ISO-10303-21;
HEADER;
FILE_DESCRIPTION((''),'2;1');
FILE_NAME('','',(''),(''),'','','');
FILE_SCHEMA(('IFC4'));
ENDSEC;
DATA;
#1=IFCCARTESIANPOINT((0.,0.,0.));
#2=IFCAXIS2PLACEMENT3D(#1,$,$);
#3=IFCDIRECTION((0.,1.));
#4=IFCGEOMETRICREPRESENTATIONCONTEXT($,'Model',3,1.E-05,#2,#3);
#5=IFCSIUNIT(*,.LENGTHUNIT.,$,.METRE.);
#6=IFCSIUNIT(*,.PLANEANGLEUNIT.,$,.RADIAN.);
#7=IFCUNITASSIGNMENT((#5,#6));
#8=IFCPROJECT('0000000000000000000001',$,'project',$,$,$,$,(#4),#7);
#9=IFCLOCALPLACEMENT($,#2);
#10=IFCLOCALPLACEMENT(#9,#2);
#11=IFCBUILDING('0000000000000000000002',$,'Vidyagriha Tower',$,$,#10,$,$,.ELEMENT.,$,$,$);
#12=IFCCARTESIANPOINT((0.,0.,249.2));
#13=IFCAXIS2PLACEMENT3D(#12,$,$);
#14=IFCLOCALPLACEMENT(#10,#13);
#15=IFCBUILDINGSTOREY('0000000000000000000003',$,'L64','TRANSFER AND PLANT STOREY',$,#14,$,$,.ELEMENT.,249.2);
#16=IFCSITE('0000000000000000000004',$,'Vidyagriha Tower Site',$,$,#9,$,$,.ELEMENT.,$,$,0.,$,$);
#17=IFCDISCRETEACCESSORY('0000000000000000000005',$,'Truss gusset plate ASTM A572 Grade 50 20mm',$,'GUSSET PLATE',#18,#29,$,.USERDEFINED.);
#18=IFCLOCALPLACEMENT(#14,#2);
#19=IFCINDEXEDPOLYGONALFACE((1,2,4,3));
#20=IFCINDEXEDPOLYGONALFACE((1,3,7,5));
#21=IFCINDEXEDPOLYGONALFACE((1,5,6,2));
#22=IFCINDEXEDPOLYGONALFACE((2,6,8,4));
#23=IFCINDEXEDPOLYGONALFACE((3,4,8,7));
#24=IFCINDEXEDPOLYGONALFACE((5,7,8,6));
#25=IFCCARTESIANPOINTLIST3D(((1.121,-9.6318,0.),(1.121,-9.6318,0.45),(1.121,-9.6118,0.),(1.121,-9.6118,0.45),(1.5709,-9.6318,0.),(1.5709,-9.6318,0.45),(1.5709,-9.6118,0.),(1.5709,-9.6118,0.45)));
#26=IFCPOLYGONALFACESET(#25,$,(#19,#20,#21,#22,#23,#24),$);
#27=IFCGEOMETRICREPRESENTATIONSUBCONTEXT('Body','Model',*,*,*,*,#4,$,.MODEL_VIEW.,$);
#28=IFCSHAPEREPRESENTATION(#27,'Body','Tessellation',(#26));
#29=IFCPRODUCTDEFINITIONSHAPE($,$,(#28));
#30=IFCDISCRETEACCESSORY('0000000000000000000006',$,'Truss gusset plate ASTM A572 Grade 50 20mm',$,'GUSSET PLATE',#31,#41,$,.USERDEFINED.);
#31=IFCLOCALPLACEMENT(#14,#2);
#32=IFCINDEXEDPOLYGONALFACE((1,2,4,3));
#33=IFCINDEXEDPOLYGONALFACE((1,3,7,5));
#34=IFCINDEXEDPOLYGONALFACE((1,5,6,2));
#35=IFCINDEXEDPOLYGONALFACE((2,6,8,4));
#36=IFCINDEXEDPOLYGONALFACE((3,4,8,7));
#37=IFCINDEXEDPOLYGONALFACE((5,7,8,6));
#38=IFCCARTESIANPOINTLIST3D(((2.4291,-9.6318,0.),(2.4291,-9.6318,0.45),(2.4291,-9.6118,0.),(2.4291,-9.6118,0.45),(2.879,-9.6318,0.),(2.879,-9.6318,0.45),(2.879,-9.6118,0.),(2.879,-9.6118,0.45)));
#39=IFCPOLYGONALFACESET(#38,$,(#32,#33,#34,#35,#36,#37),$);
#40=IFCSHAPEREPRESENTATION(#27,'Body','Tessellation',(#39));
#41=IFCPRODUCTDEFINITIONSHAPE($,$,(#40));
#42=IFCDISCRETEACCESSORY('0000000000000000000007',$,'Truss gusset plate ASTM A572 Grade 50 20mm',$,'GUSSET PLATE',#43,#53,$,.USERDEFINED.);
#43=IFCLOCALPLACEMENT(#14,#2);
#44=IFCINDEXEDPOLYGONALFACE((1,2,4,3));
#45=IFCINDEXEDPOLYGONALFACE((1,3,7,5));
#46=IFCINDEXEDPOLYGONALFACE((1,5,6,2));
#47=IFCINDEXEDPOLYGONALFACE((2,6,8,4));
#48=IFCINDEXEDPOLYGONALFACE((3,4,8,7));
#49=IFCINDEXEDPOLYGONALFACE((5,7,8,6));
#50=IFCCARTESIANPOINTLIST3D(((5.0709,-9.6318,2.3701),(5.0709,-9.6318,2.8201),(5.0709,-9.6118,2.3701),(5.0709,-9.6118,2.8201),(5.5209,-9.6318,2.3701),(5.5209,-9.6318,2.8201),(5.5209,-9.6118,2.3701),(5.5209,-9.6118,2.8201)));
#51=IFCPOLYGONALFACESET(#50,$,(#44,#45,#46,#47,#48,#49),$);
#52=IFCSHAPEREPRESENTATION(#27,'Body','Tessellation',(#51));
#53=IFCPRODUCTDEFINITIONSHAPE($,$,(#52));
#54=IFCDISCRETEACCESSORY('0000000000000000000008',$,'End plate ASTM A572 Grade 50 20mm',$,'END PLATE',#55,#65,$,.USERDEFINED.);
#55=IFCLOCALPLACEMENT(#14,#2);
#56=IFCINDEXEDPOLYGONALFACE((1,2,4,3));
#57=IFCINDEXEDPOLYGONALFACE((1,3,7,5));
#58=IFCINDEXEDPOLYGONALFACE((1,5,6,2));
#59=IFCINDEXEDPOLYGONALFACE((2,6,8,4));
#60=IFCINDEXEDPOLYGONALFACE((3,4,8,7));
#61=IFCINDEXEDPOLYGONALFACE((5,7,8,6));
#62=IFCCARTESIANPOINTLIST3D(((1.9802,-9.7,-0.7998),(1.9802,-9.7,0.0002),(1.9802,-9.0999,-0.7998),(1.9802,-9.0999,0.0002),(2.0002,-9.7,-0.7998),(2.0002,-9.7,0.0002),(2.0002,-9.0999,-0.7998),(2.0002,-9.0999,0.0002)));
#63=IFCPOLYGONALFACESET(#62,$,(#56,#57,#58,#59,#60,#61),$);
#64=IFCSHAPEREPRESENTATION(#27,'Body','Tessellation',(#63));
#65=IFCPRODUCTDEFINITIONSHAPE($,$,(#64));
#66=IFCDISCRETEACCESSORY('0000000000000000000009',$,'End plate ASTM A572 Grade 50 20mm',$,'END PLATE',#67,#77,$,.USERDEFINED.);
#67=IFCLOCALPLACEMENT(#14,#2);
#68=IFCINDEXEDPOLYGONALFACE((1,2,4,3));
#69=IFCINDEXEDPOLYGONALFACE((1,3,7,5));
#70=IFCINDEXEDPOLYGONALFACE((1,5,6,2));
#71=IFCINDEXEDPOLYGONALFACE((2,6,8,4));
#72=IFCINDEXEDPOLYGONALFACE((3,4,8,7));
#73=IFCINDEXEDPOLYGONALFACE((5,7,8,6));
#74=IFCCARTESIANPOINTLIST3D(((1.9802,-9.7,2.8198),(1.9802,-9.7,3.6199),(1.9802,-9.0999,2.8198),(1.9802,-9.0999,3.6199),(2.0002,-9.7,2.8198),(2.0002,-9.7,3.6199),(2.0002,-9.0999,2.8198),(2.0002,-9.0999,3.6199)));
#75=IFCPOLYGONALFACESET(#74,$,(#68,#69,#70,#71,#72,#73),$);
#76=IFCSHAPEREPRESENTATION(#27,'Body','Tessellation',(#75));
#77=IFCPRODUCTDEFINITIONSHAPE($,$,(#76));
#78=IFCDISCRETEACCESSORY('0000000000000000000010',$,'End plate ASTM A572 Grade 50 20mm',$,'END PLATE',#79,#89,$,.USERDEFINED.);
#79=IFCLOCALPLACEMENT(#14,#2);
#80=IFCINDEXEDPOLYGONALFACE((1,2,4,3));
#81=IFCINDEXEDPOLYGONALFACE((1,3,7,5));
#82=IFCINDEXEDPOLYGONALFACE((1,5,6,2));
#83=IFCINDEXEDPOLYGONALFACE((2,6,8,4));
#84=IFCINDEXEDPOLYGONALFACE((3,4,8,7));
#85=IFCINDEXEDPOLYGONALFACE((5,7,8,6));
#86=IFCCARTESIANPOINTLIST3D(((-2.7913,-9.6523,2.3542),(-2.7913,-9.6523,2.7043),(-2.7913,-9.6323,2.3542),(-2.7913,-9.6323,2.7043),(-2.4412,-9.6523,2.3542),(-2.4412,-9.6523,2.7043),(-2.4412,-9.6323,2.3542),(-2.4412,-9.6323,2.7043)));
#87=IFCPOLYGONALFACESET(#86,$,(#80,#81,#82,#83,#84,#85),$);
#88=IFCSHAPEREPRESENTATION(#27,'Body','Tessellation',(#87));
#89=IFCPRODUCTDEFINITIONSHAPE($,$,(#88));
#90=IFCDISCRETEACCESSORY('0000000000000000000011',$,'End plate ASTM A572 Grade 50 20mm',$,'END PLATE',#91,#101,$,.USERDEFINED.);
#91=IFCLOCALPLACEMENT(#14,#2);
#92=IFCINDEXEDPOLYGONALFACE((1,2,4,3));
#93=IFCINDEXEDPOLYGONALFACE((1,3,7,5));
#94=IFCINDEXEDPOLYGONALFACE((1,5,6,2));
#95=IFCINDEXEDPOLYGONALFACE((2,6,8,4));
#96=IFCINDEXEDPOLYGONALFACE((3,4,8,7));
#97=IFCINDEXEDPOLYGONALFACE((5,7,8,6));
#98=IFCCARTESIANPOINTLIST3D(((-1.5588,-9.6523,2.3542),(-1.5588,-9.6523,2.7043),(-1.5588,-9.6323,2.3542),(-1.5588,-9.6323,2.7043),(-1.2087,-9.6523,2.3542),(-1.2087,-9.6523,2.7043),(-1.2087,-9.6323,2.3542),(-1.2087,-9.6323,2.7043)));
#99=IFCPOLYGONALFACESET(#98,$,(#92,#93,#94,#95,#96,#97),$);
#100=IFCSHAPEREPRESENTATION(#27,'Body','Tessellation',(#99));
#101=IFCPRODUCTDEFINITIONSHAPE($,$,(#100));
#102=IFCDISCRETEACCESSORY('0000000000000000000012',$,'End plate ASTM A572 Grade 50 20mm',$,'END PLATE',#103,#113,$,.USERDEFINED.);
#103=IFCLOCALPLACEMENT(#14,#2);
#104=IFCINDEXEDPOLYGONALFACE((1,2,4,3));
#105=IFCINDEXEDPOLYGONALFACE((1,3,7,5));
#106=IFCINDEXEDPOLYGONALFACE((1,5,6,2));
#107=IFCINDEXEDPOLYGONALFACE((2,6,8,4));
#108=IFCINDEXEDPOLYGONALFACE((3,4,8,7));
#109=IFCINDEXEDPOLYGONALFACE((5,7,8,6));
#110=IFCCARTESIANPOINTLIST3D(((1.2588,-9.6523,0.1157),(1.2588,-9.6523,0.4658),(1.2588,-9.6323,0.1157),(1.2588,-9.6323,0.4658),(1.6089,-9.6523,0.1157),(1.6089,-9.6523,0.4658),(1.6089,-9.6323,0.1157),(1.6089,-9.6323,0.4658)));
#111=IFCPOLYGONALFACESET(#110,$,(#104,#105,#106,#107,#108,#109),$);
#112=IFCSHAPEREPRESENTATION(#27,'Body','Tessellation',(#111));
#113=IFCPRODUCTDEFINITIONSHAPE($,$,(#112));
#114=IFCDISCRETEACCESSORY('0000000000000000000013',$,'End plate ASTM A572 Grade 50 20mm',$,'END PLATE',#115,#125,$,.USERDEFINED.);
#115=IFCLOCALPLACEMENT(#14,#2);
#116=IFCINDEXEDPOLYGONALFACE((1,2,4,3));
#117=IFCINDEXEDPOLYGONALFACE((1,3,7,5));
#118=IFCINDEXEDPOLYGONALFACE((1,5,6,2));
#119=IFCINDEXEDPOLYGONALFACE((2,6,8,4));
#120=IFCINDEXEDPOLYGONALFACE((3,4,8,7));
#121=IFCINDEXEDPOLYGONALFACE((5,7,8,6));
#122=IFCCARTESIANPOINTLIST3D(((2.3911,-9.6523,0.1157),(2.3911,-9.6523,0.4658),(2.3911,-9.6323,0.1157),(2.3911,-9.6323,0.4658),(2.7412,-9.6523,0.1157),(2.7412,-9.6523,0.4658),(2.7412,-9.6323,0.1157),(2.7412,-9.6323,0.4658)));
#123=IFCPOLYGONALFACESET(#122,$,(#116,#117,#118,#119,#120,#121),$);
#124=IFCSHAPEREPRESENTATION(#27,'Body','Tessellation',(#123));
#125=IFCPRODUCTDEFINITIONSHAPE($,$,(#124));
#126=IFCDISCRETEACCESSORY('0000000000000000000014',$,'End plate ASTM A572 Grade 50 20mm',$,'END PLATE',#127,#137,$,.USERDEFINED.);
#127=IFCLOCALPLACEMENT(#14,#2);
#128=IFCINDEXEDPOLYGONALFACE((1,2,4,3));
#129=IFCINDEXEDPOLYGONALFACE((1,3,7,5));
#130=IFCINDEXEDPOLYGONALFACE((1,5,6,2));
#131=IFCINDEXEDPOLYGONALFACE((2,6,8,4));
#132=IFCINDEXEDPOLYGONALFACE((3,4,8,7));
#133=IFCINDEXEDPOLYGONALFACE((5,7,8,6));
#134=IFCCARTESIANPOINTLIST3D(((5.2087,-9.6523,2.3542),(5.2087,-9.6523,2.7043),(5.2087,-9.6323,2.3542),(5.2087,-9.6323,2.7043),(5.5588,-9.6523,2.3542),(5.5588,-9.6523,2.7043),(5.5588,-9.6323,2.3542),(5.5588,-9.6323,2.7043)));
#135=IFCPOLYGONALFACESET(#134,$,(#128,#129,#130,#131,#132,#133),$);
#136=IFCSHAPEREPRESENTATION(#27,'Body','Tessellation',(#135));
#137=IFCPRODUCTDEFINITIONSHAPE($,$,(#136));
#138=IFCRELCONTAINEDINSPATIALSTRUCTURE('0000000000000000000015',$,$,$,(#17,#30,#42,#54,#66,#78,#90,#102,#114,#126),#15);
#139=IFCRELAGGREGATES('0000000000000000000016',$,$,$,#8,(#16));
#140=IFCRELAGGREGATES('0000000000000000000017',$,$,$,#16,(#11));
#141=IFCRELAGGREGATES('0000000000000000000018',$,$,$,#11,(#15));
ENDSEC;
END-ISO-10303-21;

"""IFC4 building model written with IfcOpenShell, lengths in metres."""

from ifc_helpers import new_model, si_unit, direction, frame, origin, origin_2d, place, context, subcontext, project, spatial, rectangle, extrude, element, save


model = new_model("IFC4")

# Units and contexts
model_context = context("Model", 3, precision=1e-05, world=origin(), true_north=direction((0.0, 1.0)))
body_context = subcontext(model_context, "Body", "Model", "MODEL_VIEW")
ifc_project = project(units=[si_unit("LENGTHUNIT", "METRE"), si_unit("PLANEANGLEUNIT", "RADIAN")], contexts=[model_context])

# Site, building, storey
site_placement = place(None, origin())
site = spatial("IfcSite", under=ifc_project, at=site_placement, Name="Vidyagriha Tower Site", CompositionType="ELEMENT", RefElevation=0.0)
building_placement = place(site_placement, origin())
building = spatial("IfcBuilding", under=site, at=building_placement, Name="Vidyagriha Tower", CompositionType="ELEMENT")
storey_placement = place(building_placement, frame((0.0, 0.0, 249.2)))
storey = spatial("IfcBuildingStorey", under=building, at=storey_placement, Name="L64", Description="TRANSFER AND PLANT STOREY", CompositionType="ELEMENT", Elevation=249.2)

# Discrete accessories
for number, where, name in (
    (1, (1.3459, -9.6218, 0.0), "Truss gusset plate ASTM A572 Grade 50 20mm"),
    (2, (2.6541, -9.6218, 0.0), "Truss gusset plate ASTM A572 Grade 50 20mm"),
    (3, (5.2959, -9.6218, 2.3701), "Truss gusset plate ASTM A572 Grade 50 20mm"),
):
    element("IfcDiscreteAccessory", number, at=place(storey_placement, frame(where)), inside=storey, Name=name, ObjectType="GUSSET PLATE", PredefinedType="USERDEFINED", context=body_context, shape_type="SweptSolid", body=[
        extrude(rectangle(XDim=0.45, YDim=0.02, at=origin_2d()), origin(), (0.0, 0.0, 1.0), 0.45),
    ])
for number, where, name in (
    (4, (1.9902, -9.3999, -0.7998), "End plate ASTM A572 Grade 50 20mm"),
    (5, (1.9902, -9.3999, 2.8198), "End plate ASTM A572 Grade 50 20mm"),
):
    element("IfcDiscreteAccessory", number, at=place(storey_placement, frame(where)), inside=storey, Name=name, ObjectType="END PLATE", PredefinedType="USERDEFINED", context=body_context, shape_type="SweptSolid", body=[
        extrude(rectangle(XDim=0.02, YDim=0.6001, at=origin_2d()), origin(), (0.0, 0.0, 1.0), 0.8),
    ])
discrete_accessory_1_placement = place(storey_placement, frame((-2.6162, -9.6423, 2.3542)))
element("IfcDiscreteAccessory", 6, at=discrete_accessory_1_placement, inside=storey, Name="End plate ASTM A572 Grade 50 20mm", ObjectType="END PLATE", PredefinedType="USERDEFINED", context=body_context, shape_type="SweptSolid", body=[
    extrude(rectangle(XDim=0.3501, YDim=0.02, at=origin_2d()), origin(), (0.0, 0.0, 1.0), 0.3501),
])
discrete_accessory_2_placement = place(storey_placement, frame((-1.3838, -9.6423, 2.3542), z_axis=(0.0, 0.0, 1.0), x_axis=(-1.0, 0.0, 0.0)))
element("IfcDiscreteAccessory", 7, at=discrete_accessory_2_placement, inside=storey, Name="End plate ASTM A572 Grade 50 20mm", ObjectType="END PLATE", PredefinedType="USERDEFINED", context=body_context, shape_type="SweptSolid", body=[
    extrude(rectangle(XDim=0.3501, YDim=0.02, at=origin_2d()), origin(), (0.0, 0.0, 1.0), 0.3501),
])
discrete_accessory_3_placement = place(storey_placement, frame((1.4338, -9.6423, 0.1157)))
element("IfcDiscreteAccessory", 8, at=discrete_accessory_3_placement, inside=storey, Name="End plate ASTM A572 Grade 50 20mm", ObjectType="END PLATE", PredefinedType="USERDEFINED", context=body_context, shape_type="SweptSolid", body=[
    extrude(rectangle(XDim=0.3501, YDim=0.02, at=origin_2d()), origin(), (0.0, 0.0, 1.0), 0.3501),
])
discrete_accessory_4_placement = place(storey_placement, frame((2.5662, -9.6423, 0.1157), z_axis=(0.0, 0.0, 1.0), x_axis=(-1.0, 0.0, 0.0)))
element("IfcDiscreteAccessory", 9, at=discrete_accessory_4_placement, inside=storey, Name="End plate ASTM A572 Grade 50 20mm", ObjectType="END PLATE", PredefinedType="USERDEFINED", context=body_context, shape_type="SweptSolid", body=[
    extrude(rectangle(XDim=0.3501, YDim=0.02, at=origin_2d()), origin(), (0.0, 0.0, 1.0), 0.3501),
])
discrete_accessory_5_placement = place(storey_placement, frame((5.3838, -9.6423, 2.3542)))
element("IfcDiscreteAccessory", 10, at=discrete_accessory_5_placement, inside=storey, Name="End plate ASTM A572 Grade 50 20mm", ObjectType="END PLATE", PredefinedType="USERDEFINED", context=body_context, shape_type="SweptSolid", body=[
    extrude(rectangle(XDim=0.3501, YDim=0.02, at=origin_2d()), origin(), (0.0, 0.0, 1.0), 0.3501),
])

save(model, "model.ifc")
